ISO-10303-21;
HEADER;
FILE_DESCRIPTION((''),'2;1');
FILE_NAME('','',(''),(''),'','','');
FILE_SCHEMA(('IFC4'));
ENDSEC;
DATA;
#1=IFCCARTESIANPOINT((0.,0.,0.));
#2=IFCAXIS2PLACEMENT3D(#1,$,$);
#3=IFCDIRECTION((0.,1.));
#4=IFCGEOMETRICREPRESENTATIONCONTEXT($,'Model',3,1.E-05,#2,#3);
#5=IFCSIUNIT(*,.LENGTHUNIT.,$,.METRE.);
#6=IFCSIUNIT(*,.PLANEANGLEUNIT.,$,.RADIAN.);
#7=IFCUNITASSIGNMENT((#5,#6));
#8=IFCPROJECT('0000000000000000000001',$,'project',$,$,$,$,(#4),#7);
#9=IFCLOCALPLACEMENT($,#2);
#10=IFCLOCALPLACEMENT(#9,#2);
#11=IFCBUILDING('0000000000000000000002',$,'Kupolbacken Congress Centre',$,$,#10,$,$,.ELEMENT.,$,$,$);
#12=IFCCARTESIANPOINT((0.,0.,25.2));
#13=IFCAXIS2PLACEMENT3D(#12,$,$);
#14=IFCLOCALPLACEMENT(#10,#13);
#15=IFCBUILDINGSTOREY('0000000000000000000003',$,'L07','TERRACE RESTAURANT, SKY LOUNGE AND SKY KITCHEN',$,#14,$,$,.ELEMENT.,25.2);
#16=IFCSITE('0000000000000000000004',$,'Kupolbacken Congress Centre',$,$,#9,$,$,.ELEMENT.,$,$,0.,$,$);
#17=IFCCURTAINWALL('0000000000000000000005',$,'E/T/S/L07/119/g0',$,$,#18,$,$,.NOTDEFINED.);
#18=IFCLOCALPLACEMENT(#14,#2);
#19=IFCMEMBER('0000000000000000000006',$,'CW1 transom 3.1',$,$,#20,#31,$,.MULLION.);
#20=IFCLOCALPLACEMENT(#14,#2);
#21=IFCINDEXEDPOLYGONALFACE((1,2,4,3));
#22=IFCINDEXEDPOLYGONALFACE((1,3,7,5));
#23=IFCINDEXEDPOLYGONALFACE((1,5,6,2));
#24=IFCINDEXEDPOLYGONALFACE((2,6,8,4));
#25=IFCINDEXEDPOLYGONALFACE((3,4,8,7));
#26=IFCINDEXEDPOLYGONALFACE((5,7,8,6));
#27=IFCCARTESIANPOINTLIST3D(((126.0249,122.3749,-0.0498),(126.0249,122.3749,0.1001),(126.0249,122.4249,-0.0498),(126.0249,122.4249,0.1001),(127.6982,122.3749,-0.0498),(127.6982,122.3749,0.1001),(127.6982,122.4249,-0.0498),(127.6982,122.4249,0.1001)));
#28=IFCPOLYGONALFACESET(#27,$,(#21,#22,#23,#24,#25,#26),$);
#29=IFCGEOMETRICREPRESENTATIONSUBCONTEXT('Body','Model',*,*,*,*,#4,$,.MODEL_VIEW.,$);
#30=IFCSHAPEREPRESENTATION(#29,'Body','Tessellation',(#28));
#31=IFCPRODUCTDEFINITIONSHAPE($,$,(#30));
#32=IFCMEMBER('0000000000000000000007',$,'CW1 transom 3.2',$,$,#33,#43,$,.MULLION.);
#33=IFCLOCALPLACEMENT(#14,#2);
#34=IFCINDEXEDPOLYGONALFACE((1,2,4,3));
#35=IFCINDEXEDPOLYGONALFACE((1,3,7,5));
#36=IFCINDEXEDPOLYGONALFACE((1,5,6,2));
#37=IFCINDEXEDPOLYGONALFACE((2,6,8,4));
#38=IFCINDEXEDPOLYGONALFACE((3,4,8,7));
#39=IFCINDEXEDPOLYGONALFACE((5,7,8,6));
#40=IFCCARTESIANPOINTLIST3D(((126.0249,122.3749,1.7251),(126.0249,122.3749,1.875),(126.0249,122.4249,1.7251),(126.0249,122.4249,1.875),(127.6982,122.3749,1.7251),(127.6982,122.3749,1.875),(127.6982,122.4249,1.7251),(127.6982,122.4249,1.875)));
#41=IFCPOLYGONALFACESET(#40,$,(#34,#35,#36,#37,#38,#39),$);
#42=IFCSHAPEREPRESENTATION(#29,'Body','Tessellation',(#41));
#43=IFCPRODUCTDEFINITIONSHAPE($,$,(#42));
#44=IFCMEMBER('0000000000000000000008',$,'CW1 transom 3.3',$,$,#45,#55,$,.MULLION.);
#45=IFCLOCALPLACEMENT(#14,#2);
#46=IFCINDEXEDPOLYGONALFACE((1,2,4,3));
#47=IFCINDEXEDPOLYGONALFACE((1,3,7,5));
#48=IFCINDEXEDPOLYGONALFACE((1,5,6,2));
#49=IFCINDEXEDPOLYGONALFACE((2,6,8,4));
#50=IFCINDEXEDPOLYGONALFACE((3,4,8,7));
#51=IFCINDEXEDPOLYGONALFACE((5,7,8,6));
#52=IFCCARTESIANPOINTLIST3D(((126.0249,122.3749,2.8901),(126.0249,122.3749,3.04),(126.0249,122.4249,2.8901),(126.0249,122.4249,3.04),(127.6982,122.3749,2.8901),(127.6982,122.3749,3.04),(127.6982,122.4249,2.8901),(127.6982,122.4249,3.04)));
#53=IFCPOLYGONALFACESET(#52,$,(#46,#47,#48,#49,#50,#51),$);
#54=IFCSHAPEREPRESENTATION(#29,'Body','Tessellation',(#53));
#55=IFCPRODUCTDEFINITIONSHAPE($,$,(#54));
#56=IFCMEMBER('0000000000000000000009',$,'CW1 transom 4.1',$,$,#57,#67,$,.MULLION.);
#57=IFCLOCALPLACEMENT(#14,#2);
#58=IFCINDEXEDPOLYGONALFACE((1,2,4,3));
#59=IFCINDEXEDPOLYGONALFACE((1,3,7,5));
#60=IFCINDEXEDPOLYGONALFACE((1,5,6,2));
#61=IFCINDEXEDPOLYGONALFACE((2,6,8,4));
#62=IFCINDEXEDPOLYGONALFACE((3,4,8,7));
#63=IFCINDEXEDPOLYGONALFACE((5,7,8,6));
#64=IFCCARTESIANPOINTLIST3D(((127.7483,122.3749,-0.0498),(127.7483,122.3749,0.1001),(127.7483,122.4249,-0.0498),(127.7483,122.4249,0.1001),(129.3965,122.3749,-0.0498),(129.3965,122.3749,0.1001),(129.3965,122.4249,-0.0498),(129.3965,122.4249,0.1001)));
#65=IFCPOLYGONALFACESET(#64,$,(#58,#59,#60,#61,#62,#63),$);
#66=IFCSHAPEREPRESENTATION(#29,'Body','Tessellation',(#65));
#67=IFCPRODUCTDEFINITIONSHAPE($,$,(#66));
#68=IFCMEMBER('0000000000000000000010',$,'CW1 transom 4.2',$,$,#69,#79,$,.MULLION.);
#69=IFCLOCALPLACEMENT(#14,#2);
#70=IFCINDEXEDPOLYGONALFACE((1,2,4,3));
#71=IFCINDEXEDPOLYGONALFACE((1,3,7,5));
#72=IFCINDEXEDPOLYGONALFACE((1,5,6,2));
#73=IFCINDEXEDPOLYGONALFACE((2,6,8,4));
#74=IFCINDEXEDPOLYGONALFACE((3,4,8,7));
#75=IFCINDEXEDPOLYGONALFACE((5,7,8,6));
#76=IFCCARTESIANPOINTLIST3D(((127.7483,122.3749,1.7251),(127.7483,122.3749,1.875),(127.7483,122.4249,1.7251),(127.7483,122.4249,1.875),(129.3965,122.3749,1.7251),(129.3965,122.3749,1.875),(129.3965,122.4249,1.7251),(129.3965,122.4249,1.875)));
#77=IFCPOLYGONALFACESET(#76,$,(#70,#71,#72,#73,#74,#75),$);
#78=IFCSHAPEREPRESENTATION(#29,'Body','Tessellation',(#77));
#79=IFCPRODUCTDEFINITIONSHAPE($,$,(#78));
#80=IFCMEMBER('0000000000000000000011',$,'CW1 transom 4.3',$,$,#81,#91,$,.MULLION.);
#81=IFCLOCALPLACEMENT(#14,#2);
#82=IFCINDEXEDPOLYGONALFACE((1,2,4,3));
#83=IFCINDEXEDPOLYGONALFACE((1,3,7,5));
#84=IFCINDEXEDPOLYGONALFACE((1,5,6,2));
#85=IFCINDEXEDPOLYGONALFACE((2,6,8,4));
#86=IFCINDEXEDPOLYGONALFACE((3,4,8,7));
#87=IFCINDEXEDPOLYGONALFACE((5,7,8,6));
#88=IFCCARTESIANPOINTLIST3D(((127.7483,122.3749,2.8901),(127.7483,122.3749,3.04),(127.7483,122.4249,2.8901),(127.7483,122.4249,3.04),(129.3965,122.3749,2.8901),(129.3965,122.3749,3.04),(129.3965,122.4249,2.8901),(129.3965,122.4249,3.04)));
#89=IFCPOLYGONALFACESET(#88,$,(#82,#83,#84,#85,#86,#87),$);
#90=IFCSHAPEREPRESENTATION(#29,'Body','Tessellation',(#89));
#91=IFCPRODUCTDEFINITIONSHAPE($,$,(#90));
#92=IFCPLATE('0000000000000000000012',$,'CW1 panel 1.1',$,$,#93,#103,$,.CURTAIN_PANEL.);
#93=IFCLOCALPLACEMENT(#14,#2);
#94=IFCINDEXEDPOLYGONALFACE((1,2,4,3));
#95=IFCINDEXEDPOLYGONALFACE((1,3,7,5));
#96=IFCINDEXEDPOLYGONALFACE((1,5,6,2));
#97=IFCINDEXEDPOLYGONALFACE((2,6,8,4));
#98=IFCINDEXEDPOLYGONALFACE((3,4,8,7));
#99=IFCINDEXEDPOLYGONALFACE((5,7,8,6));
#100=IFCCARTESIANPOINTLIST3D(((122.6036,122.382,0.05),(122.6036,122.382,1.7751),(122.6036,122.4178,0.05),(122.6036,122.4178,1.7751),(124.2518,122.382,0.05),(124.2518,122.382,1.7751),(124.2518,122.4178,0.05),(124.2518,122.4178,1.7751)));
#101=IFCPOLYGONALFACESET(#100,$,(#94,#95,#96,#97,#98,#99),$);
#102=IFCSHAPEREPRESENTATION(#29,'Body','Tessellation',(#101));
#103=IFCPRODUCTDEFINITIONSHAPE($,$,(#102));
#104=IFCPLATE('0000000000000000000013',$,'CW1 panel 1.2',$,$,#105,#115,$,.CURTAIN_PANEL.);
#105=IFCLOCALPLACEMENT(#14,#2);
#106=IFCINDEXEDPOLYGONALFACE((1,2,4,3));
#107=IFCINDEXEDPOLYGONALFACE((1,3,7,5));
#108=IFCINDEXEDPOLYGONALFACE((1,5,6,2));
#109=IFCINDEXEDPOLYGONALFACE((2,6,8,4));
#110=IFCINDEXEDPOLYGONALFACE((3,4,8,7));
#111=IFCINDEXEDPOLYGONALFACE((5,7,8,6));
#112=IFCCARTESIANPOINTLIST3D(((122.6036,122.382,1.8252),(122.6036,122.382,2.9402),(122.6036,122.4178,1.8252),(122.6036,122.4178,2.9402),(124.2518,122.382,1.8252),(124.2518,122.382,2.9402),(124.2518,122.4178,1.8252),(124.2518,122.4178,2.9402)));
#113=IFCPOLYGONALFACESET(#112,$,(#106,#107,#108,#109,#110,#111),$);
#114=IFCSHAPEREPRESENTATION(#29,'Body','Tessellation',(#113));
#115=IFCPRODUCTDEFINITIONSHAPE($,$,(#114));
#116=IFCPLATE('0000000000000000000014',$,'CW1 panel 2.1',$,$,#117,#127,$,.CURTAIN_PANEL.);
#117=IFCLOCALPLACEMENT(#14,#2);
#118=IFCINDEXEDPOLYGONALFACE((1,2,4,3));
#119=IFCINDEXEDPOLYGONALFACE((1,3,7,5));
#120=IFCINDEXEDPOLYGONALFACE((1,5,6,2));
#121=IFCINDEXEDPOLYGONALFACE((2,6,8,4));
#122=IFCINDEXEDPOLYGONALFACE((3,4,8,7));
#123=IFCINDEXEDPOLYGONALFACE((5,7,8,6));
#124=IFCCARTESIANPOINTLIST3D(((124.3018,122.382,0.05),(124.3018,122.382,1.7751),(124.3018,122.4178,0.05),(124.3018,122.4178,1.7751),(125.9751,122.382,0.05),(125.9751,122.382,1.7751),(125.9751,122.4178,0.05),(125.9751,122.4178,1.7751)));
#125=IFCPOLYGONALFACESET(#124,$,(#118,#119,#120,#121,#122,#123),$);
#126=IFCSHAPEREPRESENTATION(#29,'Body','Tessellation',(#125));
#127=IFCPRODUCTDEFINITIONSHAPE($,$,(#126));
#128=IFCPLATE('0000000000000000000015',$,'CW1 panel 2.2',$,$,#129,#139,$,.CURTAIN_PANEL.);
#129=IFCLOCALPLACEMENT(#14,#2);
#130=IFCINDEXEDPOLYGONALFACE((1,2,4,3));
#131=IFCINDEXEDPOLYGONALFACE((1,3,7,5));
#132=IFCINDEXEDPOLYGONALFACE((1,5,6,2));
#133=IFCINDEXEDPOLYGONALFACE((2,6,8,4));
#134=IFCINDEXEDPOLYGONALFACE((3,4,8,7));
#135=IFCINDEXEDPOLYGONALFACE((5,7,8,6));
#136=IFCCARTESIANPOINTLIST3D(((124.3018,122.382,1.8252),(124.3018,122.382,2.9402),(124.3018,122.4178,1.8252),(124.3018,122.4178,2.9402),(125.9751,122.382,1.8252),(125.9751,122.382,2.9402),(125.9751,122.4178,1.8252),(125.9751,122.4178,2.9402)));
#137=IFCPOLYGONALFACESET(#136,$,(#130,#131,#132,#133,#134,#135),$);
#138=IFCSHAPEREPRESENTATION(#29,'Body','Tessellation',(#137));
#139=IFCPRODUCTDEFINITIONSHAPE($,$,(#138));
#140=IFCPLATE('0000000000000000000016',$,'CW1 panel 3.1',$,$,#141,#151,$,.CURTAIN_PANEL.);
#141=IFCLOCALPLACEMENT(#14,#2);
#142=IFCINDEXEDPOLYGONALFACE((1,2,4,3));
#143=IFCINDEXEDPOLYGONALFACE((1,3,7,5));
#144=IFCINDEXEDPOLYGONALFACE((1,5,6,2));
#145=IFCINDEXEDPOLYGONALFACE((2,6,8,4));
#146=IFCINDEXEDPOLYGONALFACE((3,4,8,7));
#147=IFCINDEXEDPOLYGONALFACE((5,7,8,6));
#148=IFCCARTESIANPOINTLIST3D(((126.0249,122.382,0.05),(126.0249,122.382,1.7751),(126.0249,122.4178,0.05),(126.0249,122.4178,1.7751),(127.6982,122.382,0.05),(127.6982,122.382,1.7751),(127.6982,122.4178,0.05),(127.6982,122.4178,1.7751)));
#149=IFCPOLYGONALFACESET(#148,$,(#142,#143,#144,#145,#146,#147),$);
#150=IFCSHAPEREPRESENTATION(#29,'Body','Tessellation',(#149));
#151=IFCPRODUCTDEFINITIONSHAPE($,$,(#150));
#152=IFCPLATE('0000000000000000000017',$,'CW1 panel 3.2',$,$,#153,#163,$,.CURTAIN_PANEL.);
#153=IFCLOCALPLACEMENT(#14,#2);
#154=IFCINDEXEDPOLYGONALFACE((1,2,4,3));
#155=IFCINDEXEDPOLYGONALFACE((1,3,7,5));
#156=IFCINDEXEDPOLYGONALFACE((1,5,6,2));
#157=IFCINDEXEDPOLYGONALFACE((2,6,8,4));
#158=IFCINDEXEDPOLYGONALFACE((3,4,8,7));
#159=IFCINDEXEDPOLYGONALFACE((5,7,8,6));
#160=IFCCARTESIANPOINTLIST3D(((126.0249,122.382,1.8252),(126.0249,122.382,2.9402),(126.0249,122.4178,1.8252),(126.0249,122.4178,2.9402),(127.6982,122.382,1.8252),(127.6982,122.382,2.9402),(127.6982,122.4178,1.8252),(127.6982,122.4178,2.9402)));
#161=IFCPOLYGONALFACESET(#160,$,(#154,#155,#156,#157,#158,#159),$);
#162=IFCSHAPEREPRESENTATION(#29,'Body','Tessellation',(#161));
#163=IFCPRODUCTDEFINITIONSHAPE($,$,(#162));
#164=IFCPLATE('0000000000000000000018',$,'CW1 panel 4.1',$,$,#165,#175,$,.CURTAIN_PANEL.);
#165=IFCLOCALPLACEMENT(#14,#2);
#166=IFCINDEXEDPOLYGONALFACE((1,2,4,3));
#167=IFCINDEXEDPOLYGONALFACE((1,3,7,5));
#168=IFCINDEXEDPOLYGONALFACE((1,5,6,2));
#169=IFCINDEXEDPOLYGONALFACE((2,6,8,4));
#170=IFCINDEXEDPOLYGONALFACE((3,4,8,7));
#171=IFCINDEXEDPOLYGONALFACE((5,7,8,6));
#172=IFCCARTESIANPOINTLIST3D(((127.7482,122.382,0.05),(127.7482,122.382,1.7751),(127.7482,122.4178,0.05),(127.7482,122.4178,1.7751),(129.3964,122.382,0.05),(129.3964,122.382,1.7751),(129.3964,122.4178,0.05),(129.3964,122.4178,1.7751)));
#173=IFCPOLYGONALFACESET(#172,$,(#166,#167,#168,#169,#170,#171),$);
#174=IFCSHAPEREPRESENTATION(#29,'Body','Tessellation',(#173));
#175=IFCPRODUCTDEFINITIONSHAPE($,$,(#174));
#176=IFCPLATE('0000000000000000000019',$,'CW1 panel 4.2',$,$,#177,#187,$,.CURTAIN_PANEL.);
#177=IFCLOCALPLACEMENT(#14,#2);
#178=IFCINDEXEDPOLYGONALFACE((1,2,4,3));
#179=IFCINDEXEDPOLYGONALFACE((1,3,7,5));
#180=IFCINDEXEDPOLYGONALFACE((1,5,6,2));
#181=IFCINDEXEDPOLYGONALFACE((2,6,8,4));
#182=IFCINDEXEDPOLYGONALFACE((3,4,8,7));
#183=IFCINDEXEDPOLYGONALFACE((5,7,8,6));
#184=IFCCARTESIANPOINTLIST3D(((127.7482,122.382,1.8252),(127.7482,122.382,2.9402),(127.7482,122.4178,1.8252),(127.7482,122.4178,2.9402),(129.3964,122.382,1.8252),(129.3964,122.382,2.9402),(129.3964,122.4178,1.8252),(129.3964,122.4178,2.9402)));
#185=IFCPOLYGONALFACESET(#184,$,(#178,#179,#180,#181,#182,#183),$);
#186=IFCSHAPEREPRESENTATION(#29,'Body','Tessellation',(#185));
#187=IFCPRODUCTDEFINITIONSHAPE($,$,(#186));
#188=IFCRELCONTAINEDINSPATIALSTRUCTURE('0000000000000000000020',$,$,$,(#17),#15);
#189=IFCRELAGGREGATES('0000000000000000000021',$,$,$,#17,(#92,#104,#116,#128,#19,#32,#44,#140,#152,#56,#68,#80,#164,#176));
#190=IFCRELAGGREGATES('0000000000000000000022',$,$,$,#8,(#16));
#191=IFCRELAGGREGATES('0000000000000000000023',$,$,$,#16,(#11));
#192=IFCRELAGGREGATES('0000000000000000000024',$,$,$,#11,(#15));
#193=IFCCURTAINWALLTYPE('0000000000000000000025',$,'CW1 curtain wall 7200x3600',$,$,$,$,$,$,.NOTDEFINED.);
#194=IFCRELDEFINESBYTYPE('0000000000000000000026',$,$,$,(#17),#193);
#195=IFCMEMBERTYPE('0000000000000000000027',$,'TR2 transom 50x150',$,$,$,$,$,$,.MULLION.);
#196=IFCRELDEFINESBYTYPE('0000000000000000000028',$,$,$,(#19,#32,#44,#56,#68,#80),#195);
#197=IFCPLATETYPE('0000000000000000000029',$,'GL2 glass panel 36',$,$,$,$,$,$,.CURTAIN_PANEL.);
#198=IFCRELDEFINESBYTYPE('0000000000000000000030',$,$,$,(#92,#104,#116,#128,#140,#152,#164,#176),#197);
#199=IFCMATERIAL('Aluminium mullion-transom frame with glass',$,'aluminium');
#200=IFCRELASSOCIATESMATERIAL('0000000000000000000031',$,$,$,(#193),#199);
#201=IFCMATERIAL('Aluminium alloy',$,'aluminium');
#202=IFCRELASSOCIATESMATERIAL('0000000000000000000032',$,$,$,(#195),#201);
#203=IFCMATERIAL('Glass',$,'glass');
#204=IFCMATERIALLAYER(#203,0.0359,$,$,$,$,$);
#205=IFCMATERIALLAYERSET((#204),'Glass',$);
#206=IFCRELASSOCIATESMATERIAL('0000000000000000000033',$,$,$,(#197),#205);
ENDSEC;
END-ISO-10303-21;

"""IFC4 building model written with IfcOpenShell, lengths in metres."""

from ifc_helpers import new_model, si_unit, direction, frame, origin, origin_2d, place, context, subcontext, project, spatial, rectangle, extrude, material, layer, layer_set, material_profile, profile_set, type_object, element, aggregate, save


model = new_model("IFC4")

# Units and contexts
model_context = context("Model", 3, precision=1e-05, world=origin(), true_north=direction((0.0, 1.0)))
body_context = subcontext(model_context, "Body", "Model", "MODEL_VIEW")
ifc_project = project(units=[si_unit("LENGTHUNIT", "METRE"), si_unit("PLANEANGLEUNIT", "RADIAN")], contexts=[model_context])

# Site, building, storey
site_placement = place(None, origin())
site = spatial("IfcSite", under=ifc_project, at=site_placement, Name="Kupolbacken Congress Centre", CompositionType="ELEMENT", RefElevation=0.0)
building_placement = place(site_placement, origin())
building = spatial("IfcBuilding", under=site, at=building_placement, Name="Kupolbacken Congress Centre", CompositionType="ELEMENT")
storey_placement = place(building_placement, frame((0.0, 0.0, 25.2)))
storey = spatial("IfcBuildingStorey", under=building, at=storey_placement, Name="L07", Description="TERRACE RESTAURANT, SKY LOUNGE AND SKY KITCHEN", CompositionType="ELEMENT", Elevation=25.2)

# Curtain wall, members, plates
ifc_material_1 = material(Name="Aluminium mullion-transom frame with glass", Category="aluminium")
curtain_wall_type = type_object("IfcCurtainWallType", Name="CW1 curtain wall 7200x3600", PredefinedType="NOTDEFINED", material=ifc_material_1)
curtain_wall_placement = place(storey_placement, origin())
curtain_wall = element("IfcCurtainWall", 1, at=curtain_wall_placement, inside=storey, type_object=curtain_wall_type, Name="E/T/S/L07/119/g0", PredefinedType="NOTDEFINED")
ifc_material_2 = material(Name="Aluminium alloy", Category="aluminium")
ifc_material_profile_1 = material_profile(ifc_material_2, rectangle(XDim=0.05, YDim=0.1499, at=origin_2d()), Name="50 x 150")
ifc_profile_set_1 = profile_set([ifc_material_profile_1], Name="Aluminium alloy")
member_type_1 = type_object("IfcMemberType", Name="TR2 transom 50x150", PredefinedType="MULLION", material=ifc_profile_set_1)
member_1_placement = place(storey_placement, frame((126.0249, 122.3999, 0.0251), z_axis=(1.0, 0.0, 0.0), x_axis=(0.0, 1.0, 0.0)))
member_1 = element("IfcMember", 2, at=member_1_placement, type_object=member_type_1, Name="CW1 transom 3.1", PredefinedType="MULLION", context=body_context, shape_type="SweptSolid", body=[
    extrude(rectangle(XDim=0.05, YDim=0.1499, at=origin_2d()), origin(), (0.0, 0.0, 1.0), 1.6733),
])
member_2_placement = place(storey_placement, frame((126.0249, 122.3999, 1.8), z_axis=(1.0, 0.0, 0.0), x_axis=(0.0, 1.0, 0.0)))
member_2 = element("IfcMember", 3, at=member_2_placement, type_object=member_type_1, Name="CW1 transom 3.2", PredefinedType="MULLION", context=body_context, shape_type="SweptSolid", body=[
    extrude(rectangle(XDim=0.05, YDim=0.1499, at=origin_2d()), origin(), (0.0, 0.0, 1.0), 1.6733),
])
member_3_placement = place(storey_placement, frame((126.0249, 122.3999, 2.9651), z_axis=(1.0, 0.0, 0.0), x_axis=(0.0, 1.0, 0.0)))
member_3 = element("IfcMember", 4, at=member_3_placement, type_object=member_type_1, Name="CW1 transom 3.3", PredefinedType="MULLION", context=body_context, shape_type="SweptSolid", body=[
    extrude(rectangle(XDim=0.05, YDim=0.1499, at=origin_2d()), origin(), (0.0, 0.0, 1.0), 1.6733),
])
member_4_placement = place(storey_placement, frame((127.7483, 122.3999, 0.0251), z_axis=(1.0, 0.0, 0.0), x_axis=(0.0, 1.0, 0.0)))
member_4 = element("IfcMember", 5, at=member_4_placement, type_object=member_type_1, Name="CW1 transom 4.1", PredefinedType="MULLION", context=body_context, shape_type="SweptSolid", body=[
    extrude(rectangle(XDim=0.05, YDim=0.1499, at=origin_2d()), origin(), (0.0, 0.0, 1.0), 1.6482),
])
member_5_placement = place(storey_placement, frame((127.7483, 122.3999, 1.8), z_axis=(1.0, 0.0, 0.0), x_axis=(0.0, 1.0, 0.0)))
member_5 = element("IfcMember", 6, at=member_5_placement, type_object=member_type_1, Name="CW1 transom 4.2", PredefinedType="MULLION", context=body_context, shape_type="SweptSolid", body=[
    extrude(rectangle(XDim=0.05, YDim=0.1499, at=origin_2d()), origin(), (0.0, 0.0, 1.0), 1.6482),
])
member_6_placement = place(storey_placement, frame((127.7483, 122.3999, 2.9651), z_axis=(1.0, 0.0, 0.0), x_axis=(0.0, 1.0, 0.0)))
member_6 = element("IfcMember", 7, at=member_6_placement, type_object=member_type_1, Name="CW1 transom 4.3", PredefinedType="MULLION", context=body_context, shape_type="SweptSolid", body=[
    extrude(rectangle(XDim=0.05, YDim=0.1499, at=origin_2d()), origin(), (0.0, 0.0, 1.0), 1.6482),
])
ifc_material_3 = material(Name="Glass", Category="glass")
ifc_layer_1 = layer(ifc_material_3, 0.0359)
ifc_layer_set_1 = layer_set([ifc_layer_1], Name="Glass")
plate_type = type_object("IfcPlateType", Name="GL2 glass panel 36", PredefinedType="CURTAIN_PANEL", material=ifc_layer_set_1)
plate_1_placement = place(storey_placement, frame((123.4277, 122.3999, 0.05), z_axis=(0.0, 0.0, 1.0), x_axis=(1.0, 0.0, 0.0)))
plate_1 = element("IfcPlate", 8, at=plate_1_placement, type_object=plate_type, Name="CW1 panel 1.1", PredefinedType="CURTAIN_PANEL", context=body_context, shape_type="SweptSolid", body=[
    extrude(rectangle(XDim=1.6482, YDim=0.0359, at=origin_2d()), origin(), (0.0, 0.0, 1.0), 1.7251),
])
plate_2_placement = place(storey_placement, frame((123.4277, 122.3999, 1.8252), z_axis=(0.0, 0.0, 1.0), x_axis=(1.0, 0.0, 0.0)))
plate_2 = element("IfcPlate", 9, at=plate_2_placement, type_object=plate_type, Name="CW1 panel 1.2", PredefinedType="CURTAIN_PANEL", context=body_context, shape_type="SweptSolid", body=[
    extrude(rectangle(XDim=1.6482, YDim=0.0359, at=origin_2d()), origin(), (0.0, 0.0, 1.0), 1.115),
])
plate_3_placement = place(storey_placement, frame((125.1384, 122.3999, 0.05), z_axis=(0.0, 0.0, 1.0), x_axis=(1.0, 0.0, 0.0)))
plate_3 = element("IfcPlate", 10, at=plate_3_placement, type_object=plate_type, Name="CW1 panel 2.1", PredefinedType="CURTAIN_PANEL", context=body_context, shape_type="SweptSolid", body=[
    extrude(rectangle(XDim=1.6733, YDim=0.0359, at=origin_2d()), origin(), (0.0, 0.0, 1.0), 1.7251),
])
plate_4_placement = place(storey_placement, frame((125.1384, 122.3999, 1.8252), z_axis=(0.0, 0.0, 1.0), x_axis=(1.0, 0.0, 0.0)))
plate_4 = element("IfcPlate", 11, at=plate_4_placement, type_object=plate_type, Name="CW1 panel 2.2", PredefinedType="CURTAIN_PANEL", context=body_context, shape_type="SweptSolid", body=[
    extrude(rectangle(XDim=1.6733, YDim=0.0359, at=origin_2d()), origin(), (0.0, 0.0, 1.0), 1.115),
])
plate_5_placement = place(storey_placement, frame((126.8616, 122.3999, 0.05), z_axis=(0.0, 0.0, 1.0), x_axis=(1.0, 0.0, 0.0)))
plate_5 = element("IfcPlate", 12, at=plate_5_placement, type_object=plate_type, Name="CW1 panel 3.1", PredefinedType="CURTAIN_PANEL", context=body_context, shape_type="SweptSolid", body=[
    extrude(rectangle(XDim=1.6733, YDim=0.0359, at=origin_2d()), origin(), (0.0, 0.0, 1.0), 1.7251),
])
plate_6_placement = place(storey_placement, frame((126.8616, 122.3999, 1.8252), z_axis=(0.0, 0.0, 1.0), x_axis=(1.0, 0.0, 0.0)))
plate_6 = element("IfcPlate", 13, at=plate_6_placement, type_object=plate_type, Name="CW1 panel 3.2", PredefinedType="CURTAIN_PANEL", context=body_context, shape_type="SweptSolid", body=[
    extrude(rectangle(XDim=1.6733, YDim=0.0359, at=origin_2d()), origin(), (0.0, 0.0, 1.0), 1.115),
])
plate_7_placement = place(storey_placement, frame((128.5723, 122.3999, 0.05), z_axis=(0.0, 0.0, 1.0), x_axis=(1.0, 0.0, 0.0)))
plate_7 = element("IfcPlate", 14, at=plate_7_placement, type_object=plate_type, Name="CW1 panel 4.1", PredefinedType="CURTAIN_PANEL", context=body_context, shape_type="SweptSolid", body=[
    extrude(rectangle(XDim=1.6482, YDim=0.0359, at=origin_2d()), origin(), (0.0, 0.0, 1.0), 1.7251),
])
plate_8_placement = place(storey_placement, frame((128.5723, 122.3999, 1.8252), z_axis=(0.0, 0.0, 1.0), x_axis=(1.0, 0.0, 0.0)))
plate_8 = element("IfcPlate", 15, at=plate_8_placement, type_object=plate_type, Name="CW1 panel 4.2", PredefinedType="CURTAIN_PANEL", context=body_context, shape_type="SweptSolid", body=[
    extrude(rectangle(XDim=1.6482, YDim=0.0359, at=origin_2d()), origin(), (0.0, 0.0, 1.0), 1.115),
])
aggregate(curtain_wall, [plate_1, plate_2, plate_3, plate_4, member_1, member_2, member_3, plate_5, plate_6, member_4, member_5, member_6, plate_7, plate_8])

save(model, "model.ifc")
